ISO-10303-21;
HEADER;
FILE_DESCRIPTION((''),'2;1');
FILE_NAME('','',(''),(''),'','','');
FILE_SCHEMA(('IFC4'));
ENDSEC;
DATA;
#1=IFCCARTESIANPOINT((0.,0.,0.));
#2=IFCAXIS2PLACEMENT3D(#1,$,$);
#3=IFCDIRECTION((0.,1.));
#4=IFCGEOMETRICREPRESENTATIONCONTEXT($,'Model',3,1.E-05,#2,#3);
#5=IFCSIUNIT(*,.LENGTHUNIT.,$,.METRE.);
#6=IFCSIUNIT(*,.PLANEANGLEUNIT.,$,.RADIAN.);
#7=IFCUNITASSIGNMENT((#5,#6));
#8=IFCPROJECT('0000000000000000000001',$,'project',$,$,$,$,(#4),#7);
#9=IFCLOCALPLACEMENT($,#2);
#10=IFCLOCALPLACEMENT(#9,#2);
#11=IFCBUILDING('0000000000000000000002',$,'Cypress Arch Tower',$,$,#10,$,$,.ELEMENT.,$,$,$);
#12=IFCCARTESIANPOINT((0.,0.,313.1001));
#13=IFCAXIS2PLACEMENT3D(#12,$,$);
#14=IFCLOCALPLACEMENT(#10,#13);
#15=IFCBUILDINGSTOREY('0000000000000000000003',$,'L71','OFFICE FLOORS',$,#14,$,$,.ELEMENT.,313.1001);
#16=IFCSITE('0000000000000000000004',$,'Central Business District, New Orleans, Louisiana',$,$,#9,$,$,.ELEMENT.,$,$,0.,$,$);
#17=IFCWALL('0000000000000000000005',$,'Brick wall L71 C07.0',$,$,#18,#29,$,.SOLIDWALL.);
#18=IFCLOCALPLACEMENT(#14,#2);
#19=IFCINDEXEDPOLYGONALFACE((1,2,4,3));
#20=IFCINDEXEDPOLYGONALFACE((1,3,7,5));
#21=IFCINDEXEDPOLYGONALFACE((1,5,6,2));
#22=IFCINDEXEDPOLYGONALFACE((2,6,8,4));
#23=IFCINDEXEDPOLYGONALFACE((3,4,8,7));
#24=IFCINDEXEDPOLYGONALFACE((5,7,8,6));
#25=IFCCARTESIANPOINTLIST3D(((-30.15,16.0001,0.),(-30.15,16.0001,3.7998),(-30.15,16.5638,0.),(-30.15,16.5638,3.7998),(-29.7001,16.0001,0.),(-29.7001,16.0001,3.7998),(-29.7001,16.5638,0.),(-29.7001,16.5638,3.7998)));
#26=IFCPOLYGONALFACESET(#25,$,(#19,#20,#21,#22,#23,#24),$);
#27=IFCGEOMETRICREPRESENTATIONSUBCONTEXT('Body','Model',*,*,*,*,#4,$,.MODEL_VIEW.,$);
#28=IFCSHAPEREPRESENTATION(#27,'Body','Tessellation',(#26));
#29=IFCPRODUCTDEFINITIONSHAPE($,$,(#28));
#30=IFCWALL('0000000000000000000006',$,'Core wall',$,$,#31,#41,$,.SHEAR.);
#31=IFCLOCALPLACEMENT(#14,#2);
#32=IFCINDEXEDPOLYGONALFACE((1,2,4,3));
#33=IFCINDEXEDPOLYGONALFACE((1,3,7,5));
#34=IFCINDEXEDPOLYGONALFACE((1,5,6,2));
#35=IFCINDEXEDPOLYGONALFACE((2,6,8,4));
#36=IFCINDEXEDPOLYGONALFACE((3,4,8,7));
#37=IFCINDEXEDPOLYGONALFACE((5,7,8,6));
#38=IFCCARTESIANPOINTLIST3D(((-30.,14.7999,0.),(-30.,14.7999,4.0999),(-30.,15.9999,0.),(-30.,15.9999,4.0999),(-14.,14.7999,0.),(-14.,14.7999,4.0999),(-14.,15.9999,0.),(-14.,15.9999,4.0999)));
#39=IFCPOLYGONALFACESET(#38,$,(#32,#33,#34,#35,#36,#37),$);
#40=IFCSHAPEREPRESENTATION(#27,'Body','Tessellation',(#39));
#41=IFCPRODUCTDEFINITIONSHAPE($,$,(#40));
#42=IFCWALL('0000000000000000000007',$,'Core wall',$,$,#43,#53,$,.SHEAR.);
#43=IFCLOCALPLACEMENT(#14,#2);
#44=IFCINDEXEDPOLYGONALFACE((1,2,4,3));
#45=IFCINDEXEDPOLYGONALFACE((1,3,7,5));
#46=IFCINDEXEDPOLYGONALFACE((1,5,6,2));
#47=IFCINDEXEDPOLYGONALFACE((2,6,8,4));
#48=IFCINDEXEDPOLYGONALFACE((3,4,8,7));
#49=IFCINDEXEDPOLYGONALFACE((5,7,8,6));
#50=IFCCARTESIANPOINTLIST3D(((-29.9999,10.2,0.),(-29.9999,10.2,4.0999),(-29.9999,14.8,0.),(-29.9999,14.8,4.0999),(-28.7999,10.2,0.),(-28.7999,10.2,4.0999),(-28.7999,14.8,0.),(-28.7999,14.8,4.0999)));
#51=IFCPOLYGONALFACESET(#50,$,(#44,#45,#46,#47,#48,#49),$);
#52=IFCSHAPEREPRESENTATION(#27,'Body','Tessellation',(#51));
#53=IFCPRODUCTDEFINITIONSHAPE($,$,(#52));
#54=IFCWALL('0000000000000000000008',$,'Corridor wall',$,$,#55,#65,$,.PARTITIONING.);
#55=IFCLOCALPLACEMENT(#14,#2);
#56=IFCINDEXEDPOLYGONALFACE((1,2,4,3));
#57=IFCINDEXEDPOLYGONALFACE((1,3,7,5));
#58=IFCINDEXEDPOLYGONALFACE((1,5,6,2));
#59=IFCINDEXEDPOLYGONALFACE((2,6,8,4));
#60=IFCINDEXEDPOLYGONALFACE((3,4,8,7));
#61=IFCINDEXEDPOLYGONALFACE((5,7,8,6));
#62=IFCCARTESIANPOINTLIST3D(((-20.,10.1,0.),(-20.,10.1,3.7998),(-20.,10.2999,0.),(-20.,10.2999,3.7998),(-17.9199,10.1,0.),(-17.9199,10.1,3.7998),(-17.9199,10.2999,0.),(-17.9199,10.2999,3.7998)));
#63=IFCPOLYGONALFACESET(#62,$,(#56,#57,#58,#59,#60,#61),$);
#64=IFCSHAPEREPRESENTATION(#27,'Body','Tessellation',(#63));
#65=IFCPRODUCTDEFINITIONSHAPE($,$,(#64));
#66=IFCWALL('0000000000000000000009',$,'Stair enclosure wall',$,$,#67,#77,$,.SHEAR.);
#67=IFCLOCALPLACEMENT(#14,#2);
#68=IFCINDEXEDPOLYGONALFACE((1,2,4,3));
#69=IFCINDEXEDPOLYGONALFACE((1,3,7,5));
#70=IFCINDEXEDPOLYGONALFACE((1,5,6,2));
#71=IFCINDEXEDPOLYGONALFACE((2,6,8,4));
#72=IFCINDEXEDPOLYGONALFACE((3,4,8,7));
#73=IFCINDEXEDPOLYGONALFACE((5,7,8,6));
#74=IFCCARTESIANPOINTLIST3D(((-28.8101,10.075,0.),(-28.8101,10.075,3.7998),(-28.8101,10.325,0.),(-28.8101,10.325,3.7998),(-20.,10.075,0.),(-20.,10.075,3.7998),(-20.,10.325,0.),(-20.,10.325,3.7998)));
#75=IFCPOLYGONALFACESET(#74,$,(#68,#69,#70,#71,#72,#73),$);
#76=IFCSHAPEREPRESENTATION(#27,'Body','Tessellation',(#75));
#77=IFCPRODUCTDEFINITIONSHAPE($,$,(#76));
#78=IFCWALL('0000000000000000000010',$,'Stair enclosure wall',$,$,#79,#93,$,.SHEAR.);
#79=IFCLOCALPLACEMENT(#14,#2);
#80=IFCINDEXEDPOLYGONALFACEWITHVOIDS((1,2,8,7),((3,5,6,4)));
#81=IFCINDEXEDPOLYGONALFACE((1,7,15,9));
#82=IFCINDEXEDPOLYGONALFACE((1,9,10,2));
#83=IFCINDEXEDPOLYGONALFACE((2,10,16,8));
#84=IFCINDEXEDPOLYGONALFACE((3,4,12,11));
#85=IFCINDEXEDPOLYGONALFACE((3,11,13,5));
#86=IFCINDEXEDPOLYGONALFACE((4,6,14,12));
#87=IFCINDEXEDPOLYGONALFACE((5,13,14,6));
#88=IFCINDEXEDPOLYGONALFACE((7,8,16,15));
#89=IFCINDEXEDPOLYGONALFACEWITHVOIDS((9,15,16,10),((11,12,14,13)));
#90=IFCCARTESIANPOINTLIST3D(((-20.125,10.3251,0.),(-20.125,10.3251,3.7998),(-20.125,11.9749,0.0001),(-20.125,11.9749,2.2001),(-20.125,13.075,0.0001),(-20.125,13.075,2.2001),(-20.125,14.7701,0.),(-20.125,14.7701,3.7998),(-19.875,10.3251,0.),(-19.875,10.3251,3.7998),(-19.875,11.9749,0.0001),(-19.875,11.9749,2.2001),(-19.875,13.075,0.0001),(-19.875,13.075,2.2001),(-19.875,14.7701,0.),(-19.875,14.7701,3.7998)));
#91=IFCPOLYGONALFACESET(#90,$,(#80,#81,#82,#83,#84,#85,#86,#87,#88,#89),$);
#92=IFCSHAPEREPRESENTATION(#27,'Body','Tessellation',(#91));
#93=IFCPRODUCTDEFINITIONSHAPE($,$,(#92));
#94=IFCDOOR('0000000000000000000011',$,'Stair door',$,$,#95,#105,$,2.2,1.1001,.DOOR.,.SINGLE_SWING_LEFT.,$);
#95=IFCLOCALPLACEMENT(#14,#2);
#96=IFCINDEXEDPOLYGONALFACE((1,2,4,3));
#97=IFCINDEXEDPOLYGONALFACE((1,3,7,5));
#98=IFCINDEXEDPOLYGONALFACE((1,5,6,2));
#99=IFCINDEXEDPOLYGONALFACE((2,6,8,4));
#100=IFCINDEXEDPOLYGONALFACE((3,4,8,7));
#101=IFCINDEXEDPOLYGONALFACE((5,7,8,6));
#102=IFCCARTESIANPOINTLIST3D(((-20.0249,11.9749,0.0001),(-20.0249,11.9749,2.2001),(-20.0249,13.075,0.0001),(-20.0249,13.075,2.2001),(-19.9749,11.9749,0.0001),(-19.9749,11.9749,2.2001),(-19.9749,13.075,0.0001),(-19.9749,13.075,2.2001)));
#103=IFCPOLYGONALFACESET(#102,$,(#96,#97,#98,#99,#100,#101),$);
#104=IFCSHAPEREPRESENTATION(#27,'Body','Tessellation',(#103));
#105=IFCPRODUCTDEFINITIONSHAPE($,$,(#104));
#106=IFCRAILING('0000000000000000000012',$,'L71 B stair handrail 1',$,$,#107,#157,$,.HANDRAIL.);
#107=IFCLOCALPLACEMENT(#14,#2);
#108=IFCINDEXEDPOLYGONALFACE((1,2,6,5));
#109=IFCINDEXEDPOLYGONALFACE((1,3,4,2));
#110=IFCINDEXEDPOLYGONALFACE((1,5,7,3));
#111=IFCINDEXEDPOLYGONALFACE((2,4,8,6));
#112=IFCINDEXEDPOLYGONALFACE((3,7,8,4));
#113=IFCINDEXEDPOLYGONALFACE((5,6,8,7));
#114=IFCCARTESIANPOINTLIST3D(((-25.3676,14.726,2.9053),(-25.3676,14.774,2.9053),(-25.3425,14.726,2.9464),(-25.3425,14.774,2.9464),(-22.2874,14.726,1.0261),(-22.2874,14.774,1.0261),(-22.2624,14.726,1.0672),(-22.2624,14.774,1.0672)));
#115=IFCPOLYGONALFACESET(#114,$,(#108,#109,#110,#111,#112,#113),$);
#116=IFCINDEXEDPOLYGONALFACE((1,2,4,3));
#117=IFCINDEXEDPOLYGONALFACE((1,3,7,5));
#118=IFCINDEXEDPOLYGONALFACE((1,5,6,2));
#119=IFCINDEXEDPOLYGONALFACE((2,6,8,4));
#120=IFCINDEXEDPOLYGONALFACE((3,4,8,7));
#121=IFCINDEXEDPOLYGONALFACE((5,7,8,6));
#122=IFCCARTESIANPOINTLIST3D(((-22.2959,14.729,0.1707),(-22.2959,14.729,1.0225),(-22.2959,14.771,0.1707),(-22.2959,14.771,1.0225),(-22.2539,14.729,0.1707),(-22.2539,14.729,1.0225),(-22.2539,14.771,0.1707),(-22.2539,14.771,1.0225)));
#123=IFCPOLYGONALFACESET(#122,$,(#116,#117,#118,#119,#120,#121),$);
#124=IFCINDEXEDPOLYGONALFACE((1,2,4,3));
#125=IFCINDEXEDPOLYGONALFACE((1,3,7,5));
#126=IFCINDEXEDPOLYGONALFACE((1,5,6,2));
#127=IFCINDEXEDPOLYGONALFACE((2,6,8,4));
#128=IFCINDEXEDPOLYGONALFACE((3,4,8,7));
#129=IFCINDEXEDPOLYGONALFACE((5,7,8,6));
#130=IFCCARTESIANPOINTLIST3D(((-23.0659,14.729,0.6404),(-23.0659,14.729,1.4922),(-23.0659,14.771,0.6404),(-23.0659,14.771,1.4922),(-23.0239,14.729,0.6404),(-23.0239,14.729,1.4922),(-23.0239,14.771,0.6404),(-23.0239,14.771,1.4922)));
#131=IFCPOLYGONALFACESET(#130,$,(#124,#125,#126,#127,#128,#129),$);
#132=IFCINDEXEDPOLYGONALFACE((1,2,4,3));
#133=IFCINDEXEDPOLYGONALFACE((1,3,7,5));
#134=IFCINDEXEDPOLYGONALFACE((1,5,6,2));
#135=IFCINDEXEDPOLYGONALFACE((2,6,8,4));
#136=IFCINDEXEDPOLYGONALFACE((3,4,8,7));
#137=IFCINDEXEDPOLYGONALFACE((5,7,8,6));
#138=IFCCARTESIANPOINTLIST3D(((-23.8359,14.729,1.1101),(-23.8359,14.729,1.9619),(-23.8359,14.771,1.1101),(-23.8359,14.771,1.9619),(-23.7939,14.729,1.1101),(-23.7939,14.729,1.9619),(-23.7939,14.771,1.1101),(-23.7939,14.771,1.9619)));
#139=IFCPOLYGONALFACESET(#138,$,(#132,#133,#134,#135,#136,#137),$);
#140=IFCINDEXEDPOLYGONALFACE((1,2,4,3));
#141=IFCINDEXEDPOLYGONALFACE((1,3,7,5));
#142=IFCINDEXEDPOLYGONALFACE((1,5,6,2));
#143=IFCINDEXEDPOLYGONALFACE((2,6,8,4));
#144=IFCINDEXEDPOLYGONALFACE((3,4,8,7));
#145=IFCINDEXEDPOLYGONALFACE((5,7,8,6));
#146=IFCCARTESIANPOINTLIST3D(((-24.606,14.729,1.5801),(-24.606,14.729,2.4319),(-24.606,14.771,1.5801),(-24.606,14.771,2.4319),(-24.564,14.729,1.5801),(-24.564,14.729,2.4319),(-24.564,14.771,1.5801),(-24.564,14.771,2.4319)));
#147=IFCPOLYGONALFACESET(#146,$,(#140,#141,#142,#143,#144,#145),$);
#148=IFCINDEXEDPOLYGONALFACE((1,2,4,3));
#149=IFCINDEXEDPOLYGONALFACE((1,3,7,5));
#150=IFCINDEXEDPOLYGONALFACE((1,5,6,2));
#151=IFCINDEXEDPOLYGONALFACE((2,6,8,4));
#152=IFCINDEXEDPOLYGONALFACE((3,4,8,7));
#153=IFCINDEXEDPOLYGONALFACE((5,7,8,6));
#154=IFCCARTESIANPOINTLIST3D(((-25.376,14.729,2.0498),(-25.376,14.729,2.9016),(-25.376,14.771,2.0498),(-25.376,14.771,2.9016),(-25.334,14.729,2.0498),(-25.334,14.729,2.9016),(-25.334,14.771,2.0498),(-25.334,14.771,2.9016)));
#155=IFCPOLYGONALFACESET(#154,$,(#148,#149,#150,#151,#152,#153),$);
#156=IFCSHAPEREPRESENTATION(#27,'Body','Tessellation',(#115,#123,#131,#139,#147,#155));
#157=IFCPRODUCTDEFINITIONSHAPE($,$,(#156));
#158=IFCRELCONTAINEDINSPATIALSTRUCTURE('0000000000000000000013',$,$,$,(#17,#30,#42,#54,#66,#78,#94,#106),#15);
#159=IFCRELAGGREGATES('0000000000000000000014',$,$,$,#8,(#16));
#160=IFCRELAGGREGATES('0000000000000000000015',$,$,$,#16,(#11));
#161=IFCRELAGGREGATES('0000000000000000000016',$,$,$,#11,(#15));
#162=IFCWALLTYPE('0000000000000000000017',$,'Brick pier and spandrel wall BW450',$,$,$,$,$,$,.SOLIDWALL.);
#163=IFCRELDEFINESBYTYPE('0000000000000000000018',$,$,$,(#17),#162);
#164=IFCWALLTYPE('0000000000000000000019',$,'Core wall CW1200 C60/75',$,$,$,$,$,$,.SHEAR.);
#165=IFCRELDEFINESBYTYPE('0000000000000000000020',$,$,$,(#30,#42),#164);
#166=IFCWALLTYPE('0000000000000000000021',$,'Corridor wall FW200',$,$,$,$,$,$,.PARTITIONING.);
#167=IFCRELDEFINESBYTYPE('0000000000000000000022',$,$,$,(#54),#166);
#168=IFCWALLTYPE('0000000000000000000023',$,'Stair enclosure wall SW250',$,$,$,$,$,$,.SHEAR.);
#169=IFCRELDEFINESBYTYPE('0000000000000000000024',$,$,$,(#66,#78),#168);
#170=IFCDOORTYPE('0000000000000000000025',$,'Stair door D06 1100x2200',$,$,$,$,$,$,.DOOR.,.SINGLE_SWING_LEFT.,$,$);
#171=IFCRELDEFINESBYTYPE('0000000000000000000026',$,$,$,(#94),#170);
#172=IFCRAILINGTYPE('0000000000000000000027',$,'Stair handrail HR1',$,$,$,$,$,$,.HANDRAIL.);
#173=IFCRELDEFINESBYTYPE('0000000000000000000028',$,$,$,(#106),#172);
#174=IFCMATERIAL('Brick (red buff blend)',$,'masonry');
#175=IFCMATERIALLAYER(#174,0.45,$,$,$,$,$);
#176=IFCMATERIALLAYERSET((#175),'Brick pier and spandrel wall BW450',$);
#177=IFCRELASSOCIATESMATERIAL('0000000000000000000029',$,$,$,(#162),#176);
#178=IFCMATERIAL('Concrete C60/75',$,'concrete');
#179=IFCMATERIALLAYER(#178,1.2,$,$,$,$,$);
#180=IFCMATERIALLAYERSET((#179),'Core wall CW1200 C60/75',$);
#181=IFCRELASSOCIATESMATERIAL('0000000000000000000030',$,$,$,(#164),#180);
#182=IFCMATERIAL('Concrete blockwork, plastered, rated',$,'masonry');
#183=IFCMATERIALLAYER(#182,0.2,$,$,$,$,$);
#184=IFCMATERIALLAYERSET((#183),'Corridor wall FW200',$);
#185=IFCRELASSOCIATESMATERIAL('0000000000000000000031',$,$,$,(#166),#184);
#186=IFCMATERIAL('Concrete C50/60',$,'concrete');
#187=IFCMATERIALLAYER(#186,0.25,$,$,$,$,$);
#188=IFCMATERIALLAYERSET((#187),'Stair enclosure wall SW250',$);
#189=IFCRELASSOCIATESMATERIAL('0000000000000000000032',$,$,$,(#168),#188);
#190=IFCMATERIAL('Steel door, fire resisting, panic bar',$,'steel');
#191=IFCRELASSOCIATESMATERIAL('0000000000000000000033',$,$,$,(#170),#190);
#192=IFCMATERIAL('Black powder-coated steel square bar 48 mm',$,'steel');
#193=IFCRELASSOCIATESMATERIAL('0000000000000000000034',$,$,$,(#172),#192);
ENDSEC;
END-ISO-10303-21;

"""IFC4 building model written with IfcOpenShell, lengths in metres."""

from ifc_helpers import new_model, si_unit, direction, frame, frame_2d, origin, origin_2d, place, context, subcontext, project, spatial, rectangle, extrude, material, layer, layer_set, type_object, element, fill, save


model = new_model("IFC4")

# Units and contexts
model_context = context("Model", 3, precision=1e-05, world=origin(), true_north=direction((0.0, 1.0)))
body_context = subcontext(model_context, "Body", "Model", "MODEL_VIEW")
ifc_project = project(units=[si_unit("LENGTHUNIT", "METRE"), si_unit("PLANEANGLEUNIT", "RADIAN")], contexts=[model_context])

# Site, building, storey
site_placement = place(None, origin())
site = spatial("IfcSite", under=ifc_project, at=site_placement, Name="Central Business District, New Orleans, Louisiana", CompositionType="ELEMENT", RefElevation=0.0)
building_placement = place(site_placement, origin())
building = spatial("IfcBuilding", under=site, at=building_placement, Name="Cypress Arch Tower", CompositionType="ELEMENT")
storey_placement = place(building_placement, frame((0.0, 0.0, 313.1001)))
storey = spatial("IfcBuildingStorey", under=building, at=storey_placement, Name="L71", Description="OFFICE FLOORS", CompositionType="ELEMENT", Elevation=313.1001)

# Shared definitions
ifc_material_1 = material(Name="Brick (red buff blend)", Category="masonry")
ifc_layer_1 = layer(ifc_material_1, 0.45)
ifc_layer_set_1 = layer_set([ifc_layer_1], Name="Brick pier and spandrel wall BW450")
wall_type_1 = type_object("IfcWallType", Name="Brick pier and spandrel wall BW450", PredefinedType="SOLIDWALL", material=ifc_layer_set_1)

# Walls
wall_1_placement = place(storey_placement, frame((-29.925, 16.5637, 0.0), z_axis=(0.0, 0.0, 1.0), x_axis=(0.0, -1.0, 0.0)))
element("IfcWall", 1, at=wall_1_placement, inside=storey, type_object=wall_type_1, Name="Brick wall L71 C07.0", PredefinedType="SOLIDWALL", context=body_context, shape_type="SweptSolid", body=[
    extrude(rectangle(XDim=0.5637, YDim=0.45, at=frame_2d((0.2817, 0.0))), origin(), (0.0, 0.0, 1.0), 3.7998),
])
ifc_material_2 = material(Name="Concrete C60/75", Category="concrete")
ifc_layer_2 = layer(ifc_material_2, 1.2)
ifc_layer_set_2 = layer_set([ifc_layer_2], Name="Core wall CW1200 C60/75")
wall_type_2 = type_object("IfcWallType", Name="Core wall CW1200 C60/75", PredefinedType="SHEAR", material=ifc_layer_set_2)
wall_2_placement = place(storey_placement, frame((-30.0, 15.3999, 0.0), z_axis=(0.0, 0.0, 1.0), x_axis=(1.0, 0.0, 0.0)))
element("IfcWall", 2, at=wall_2_placement, inside=storey, type_object=wall_type_2, Name="Core wall", PredefinedType="SHEAR", context=body_context, shape_type="SweptSolid", body=[
    extrude(rectangle(XDim=16.0, YDim=1.2, at=frame_2d((8.0, 0.0))), origin(), (0.0, 0.0, 1.0), 4.0999),
])
wall_3_placement = place(storey_placement, frame((-29.3999, 10.2, 0.0), z_axis=(0.0, 0.0, 1.0), x_axis=(0.0, 1.0, 0.0)))
element("IfcWall", 3, at=wall_3_placement, inside=storey, type_object=wall_type_2, Name="Core wall", PredefinedType="SHEAR", context=body_context, shape_type="SweptSolid", body=[
    extrude(rectangle(XDim=4.6001, YDim=1.2, at=frame_2d((2.3, 0.0))), origin(), (0.0, 0.0, 1.0), 4.0999),
])
ifc_material_3 = material(Name="Concrete blockwork, plastered, rated", Category="masonry")
ifc_layer_3 = layer(ifc_material_3, 0.2)
ifc_layer_set_3 = layer_set([ifc_layer_3], Name="Corridor wall FW200")
wall_type_3 = type_object("IfcWallType", Name="Corridor wall FW200", PredefinedType="PARTITIONING", material=ifc_layer_set_3)
wall_4_placement = place(storey_placement, frame((-20.0, 10.2, 0.0), z_axis=(0.0, 0.0, 1.0), x_axis=(1.0, 0.0, 0.0)))
element("IfcWall", 4, at=wall_4_placement, inside=storey, type_object=wall_type_3, Name="Corridor wall", PredefinedType="PARTITIONING", context=body_context, shape_type="SweptSolid", body=[
    extrude(rectangle(XDim=2.0801, YDim=0.2, at=frame_2d((1.04, 0.0))), origin(), (0.0, 0.0, 1.0), 3.7998),
])
ifc_material_4 = material(Name="Concrete C50/60", Category="concrete")
ifc_layer_4 = layer(ifc_material_4, 0.25)
ifc_layer_set_4 = layer_set([ifc_layer_4], Name="Stair enclosure wall SW250")
wall_type_4 = type_object("IfcWallType", Name="Stair enclosure wall SW250", PredefinedType="SHEAR", material=ifc_layer_set_4)
wall_5_placement = place(storey_placement, frame((-28.8101, 10.2, 0.0), z_axis=(0.0, 0.0, 1.0), x_axis=(1.0, 0.0, 0.0)))
element("IfcWall", 5, at=wall_5_placement, inside=storey, type_object=wall_type_4, Name="Stair enclosure wall", PredefinedType="SHEAR", context=body_context, shape_type="SweptSolid", body=[
    extrude(rectangle(XDim=8.8101, YDim=0.25, at=frame_2d((4.405, 0.0))), origin(), (0.0, 0.0, 1.0), 3.7998),
])

# Wall, opening, door
wall_6_placement = place(storey_placement, frame((-20.0, 10.325, 0.0), z_axis=(0.0, 0.0, 1.0), x_axis=(0.0, 1.0, 0.0)))
wall_6 = element("IfcWall", 6, at=wall_6_placement, inside=storey, type_object=wall_type_4, Name="Stair enclosure wall", PredefinedType="SHEAR", context=body_context, shape_type="SweptSolid", body=[
    extrude(rectangle(XDim=4.4451, YDim=0.25, at=frame_2d((2.2227, 0.0))), origin(), (0.0, 0.0, 1.0), 3.7998),
])
opening_1_placement = place(wall_6_placement, frame((1.6499, 0.0, 0.0)))
opening_1 = element("IfcOpeningElement", 7, at=opening_1_placement, cuts=wall_6, PredefinedType="OPENING", context=body_context, shape_type="SweptSolid", body=[
    extrude(rectangle(XDim=1.1001, YDim=2.2, at=frame_2d((0.55, 1.1001))), frame((0.0, 0.135, 0.0), z_axis=(0.0, -1.0, 0.0), x_axis=(1.0, 0.0, 0.0)), (0.0, 0.0, 1.0), 0.27),
])
ifc_material_5 = material(Name="Steel door, fire resisting, panic bar", Category="steel")
door_type = type_object("IfcDoorType", Name="Stair door D06 1100x2200", OperationType="SINGLE_SWING_LEFT", PredefinedType="DOOR", material=ifc_material_5)
door_placement = place(opening_1_placement, origin())
door = element("IfcDoor", 8, at=door_placement, inside=storey, type_object=door_type, Name="Stair door", OperationType="SINGLE_SWING_LEFT", OverallHeight=2.2, OverallWidth=1.1001, PredefinedType="DOOR", context=body_context, shape_type="SweptSolid", body=[
    extrude(rectangle(XDim=1.1001, YDim=2.2, at=frame_2d((0.55, 1.1001))), frame((0.0, 0.0249, 0.0), z_axis=(0.0, -1.0, 0.0), x_axis=(1.0, 0.0, 0.0)), (0.0, 0.0, 1.0), 0.05),
])
fill(opening_1, door)

# Railing
ifc_material_6 = material(Name="Black powder-coated steel square bar 48 mm", Category="steel")
railing_type_1 = type_object("IfcRailingType", Name="Stair handrail HR1", PredefinedType="HANDRAIL", material=ifc_material_6)
railing_1_placement = place(storey_placement, frame((-22.2749, 14.75, 0.1707)))
element("IfcRailing", 9, at=railing_1_placement, inside=storey, type_object=railing_type_1, Name="L71 B stair handrail 1", PredefinedType="HANDRAIL", context=body_context, shape_type="SweptSolid", body=[
    extrude(rectangle(XDim=0.0481, YDim=0.0481, at=origin_2d()), frame((0.0, 0.0, 0.876), z_axis=(-0.853666, 0.0, 0.52082), x_axis=(0.0, -1.0, 0.0)), (0.0, 0.0, 1.0), 3.6082),
    extrude(rectangle(XDim=0.042, YDim=0.042, at=origin_2d()), origin(), (0.0, 0.0, 1.0), 0.8518),
    extrude(rectangle(XDim=0.042, YDim=0.042, at=origin_2d()), frame((-0.77, 0.0, 0.4697)), (0.0, 0.0, 1.0), 0.8518),
    extrude(rectangle(XDim=0.042, YDim=0.042, at=origin_2d()), frame((-1.54, 0.0, 0.9395)), (0.0, 0.0, 1.0), 0.8518),
    extrude(rectangle(XDim=0.042, YDim=0.042, at=origin_2d()), frame((-2.3101, 0.0, 1.4094)), (0.0, 0.0, 1.0), 0.8518),
    extrude(rectangle(XDim=0.042, YDim=0.042, at=origin_2d()), frame((-3.0801, 0.0, 1.8792)), (0.0, 0.0, 1.0), 0.8518),
])

save(model, "model.ifc")
